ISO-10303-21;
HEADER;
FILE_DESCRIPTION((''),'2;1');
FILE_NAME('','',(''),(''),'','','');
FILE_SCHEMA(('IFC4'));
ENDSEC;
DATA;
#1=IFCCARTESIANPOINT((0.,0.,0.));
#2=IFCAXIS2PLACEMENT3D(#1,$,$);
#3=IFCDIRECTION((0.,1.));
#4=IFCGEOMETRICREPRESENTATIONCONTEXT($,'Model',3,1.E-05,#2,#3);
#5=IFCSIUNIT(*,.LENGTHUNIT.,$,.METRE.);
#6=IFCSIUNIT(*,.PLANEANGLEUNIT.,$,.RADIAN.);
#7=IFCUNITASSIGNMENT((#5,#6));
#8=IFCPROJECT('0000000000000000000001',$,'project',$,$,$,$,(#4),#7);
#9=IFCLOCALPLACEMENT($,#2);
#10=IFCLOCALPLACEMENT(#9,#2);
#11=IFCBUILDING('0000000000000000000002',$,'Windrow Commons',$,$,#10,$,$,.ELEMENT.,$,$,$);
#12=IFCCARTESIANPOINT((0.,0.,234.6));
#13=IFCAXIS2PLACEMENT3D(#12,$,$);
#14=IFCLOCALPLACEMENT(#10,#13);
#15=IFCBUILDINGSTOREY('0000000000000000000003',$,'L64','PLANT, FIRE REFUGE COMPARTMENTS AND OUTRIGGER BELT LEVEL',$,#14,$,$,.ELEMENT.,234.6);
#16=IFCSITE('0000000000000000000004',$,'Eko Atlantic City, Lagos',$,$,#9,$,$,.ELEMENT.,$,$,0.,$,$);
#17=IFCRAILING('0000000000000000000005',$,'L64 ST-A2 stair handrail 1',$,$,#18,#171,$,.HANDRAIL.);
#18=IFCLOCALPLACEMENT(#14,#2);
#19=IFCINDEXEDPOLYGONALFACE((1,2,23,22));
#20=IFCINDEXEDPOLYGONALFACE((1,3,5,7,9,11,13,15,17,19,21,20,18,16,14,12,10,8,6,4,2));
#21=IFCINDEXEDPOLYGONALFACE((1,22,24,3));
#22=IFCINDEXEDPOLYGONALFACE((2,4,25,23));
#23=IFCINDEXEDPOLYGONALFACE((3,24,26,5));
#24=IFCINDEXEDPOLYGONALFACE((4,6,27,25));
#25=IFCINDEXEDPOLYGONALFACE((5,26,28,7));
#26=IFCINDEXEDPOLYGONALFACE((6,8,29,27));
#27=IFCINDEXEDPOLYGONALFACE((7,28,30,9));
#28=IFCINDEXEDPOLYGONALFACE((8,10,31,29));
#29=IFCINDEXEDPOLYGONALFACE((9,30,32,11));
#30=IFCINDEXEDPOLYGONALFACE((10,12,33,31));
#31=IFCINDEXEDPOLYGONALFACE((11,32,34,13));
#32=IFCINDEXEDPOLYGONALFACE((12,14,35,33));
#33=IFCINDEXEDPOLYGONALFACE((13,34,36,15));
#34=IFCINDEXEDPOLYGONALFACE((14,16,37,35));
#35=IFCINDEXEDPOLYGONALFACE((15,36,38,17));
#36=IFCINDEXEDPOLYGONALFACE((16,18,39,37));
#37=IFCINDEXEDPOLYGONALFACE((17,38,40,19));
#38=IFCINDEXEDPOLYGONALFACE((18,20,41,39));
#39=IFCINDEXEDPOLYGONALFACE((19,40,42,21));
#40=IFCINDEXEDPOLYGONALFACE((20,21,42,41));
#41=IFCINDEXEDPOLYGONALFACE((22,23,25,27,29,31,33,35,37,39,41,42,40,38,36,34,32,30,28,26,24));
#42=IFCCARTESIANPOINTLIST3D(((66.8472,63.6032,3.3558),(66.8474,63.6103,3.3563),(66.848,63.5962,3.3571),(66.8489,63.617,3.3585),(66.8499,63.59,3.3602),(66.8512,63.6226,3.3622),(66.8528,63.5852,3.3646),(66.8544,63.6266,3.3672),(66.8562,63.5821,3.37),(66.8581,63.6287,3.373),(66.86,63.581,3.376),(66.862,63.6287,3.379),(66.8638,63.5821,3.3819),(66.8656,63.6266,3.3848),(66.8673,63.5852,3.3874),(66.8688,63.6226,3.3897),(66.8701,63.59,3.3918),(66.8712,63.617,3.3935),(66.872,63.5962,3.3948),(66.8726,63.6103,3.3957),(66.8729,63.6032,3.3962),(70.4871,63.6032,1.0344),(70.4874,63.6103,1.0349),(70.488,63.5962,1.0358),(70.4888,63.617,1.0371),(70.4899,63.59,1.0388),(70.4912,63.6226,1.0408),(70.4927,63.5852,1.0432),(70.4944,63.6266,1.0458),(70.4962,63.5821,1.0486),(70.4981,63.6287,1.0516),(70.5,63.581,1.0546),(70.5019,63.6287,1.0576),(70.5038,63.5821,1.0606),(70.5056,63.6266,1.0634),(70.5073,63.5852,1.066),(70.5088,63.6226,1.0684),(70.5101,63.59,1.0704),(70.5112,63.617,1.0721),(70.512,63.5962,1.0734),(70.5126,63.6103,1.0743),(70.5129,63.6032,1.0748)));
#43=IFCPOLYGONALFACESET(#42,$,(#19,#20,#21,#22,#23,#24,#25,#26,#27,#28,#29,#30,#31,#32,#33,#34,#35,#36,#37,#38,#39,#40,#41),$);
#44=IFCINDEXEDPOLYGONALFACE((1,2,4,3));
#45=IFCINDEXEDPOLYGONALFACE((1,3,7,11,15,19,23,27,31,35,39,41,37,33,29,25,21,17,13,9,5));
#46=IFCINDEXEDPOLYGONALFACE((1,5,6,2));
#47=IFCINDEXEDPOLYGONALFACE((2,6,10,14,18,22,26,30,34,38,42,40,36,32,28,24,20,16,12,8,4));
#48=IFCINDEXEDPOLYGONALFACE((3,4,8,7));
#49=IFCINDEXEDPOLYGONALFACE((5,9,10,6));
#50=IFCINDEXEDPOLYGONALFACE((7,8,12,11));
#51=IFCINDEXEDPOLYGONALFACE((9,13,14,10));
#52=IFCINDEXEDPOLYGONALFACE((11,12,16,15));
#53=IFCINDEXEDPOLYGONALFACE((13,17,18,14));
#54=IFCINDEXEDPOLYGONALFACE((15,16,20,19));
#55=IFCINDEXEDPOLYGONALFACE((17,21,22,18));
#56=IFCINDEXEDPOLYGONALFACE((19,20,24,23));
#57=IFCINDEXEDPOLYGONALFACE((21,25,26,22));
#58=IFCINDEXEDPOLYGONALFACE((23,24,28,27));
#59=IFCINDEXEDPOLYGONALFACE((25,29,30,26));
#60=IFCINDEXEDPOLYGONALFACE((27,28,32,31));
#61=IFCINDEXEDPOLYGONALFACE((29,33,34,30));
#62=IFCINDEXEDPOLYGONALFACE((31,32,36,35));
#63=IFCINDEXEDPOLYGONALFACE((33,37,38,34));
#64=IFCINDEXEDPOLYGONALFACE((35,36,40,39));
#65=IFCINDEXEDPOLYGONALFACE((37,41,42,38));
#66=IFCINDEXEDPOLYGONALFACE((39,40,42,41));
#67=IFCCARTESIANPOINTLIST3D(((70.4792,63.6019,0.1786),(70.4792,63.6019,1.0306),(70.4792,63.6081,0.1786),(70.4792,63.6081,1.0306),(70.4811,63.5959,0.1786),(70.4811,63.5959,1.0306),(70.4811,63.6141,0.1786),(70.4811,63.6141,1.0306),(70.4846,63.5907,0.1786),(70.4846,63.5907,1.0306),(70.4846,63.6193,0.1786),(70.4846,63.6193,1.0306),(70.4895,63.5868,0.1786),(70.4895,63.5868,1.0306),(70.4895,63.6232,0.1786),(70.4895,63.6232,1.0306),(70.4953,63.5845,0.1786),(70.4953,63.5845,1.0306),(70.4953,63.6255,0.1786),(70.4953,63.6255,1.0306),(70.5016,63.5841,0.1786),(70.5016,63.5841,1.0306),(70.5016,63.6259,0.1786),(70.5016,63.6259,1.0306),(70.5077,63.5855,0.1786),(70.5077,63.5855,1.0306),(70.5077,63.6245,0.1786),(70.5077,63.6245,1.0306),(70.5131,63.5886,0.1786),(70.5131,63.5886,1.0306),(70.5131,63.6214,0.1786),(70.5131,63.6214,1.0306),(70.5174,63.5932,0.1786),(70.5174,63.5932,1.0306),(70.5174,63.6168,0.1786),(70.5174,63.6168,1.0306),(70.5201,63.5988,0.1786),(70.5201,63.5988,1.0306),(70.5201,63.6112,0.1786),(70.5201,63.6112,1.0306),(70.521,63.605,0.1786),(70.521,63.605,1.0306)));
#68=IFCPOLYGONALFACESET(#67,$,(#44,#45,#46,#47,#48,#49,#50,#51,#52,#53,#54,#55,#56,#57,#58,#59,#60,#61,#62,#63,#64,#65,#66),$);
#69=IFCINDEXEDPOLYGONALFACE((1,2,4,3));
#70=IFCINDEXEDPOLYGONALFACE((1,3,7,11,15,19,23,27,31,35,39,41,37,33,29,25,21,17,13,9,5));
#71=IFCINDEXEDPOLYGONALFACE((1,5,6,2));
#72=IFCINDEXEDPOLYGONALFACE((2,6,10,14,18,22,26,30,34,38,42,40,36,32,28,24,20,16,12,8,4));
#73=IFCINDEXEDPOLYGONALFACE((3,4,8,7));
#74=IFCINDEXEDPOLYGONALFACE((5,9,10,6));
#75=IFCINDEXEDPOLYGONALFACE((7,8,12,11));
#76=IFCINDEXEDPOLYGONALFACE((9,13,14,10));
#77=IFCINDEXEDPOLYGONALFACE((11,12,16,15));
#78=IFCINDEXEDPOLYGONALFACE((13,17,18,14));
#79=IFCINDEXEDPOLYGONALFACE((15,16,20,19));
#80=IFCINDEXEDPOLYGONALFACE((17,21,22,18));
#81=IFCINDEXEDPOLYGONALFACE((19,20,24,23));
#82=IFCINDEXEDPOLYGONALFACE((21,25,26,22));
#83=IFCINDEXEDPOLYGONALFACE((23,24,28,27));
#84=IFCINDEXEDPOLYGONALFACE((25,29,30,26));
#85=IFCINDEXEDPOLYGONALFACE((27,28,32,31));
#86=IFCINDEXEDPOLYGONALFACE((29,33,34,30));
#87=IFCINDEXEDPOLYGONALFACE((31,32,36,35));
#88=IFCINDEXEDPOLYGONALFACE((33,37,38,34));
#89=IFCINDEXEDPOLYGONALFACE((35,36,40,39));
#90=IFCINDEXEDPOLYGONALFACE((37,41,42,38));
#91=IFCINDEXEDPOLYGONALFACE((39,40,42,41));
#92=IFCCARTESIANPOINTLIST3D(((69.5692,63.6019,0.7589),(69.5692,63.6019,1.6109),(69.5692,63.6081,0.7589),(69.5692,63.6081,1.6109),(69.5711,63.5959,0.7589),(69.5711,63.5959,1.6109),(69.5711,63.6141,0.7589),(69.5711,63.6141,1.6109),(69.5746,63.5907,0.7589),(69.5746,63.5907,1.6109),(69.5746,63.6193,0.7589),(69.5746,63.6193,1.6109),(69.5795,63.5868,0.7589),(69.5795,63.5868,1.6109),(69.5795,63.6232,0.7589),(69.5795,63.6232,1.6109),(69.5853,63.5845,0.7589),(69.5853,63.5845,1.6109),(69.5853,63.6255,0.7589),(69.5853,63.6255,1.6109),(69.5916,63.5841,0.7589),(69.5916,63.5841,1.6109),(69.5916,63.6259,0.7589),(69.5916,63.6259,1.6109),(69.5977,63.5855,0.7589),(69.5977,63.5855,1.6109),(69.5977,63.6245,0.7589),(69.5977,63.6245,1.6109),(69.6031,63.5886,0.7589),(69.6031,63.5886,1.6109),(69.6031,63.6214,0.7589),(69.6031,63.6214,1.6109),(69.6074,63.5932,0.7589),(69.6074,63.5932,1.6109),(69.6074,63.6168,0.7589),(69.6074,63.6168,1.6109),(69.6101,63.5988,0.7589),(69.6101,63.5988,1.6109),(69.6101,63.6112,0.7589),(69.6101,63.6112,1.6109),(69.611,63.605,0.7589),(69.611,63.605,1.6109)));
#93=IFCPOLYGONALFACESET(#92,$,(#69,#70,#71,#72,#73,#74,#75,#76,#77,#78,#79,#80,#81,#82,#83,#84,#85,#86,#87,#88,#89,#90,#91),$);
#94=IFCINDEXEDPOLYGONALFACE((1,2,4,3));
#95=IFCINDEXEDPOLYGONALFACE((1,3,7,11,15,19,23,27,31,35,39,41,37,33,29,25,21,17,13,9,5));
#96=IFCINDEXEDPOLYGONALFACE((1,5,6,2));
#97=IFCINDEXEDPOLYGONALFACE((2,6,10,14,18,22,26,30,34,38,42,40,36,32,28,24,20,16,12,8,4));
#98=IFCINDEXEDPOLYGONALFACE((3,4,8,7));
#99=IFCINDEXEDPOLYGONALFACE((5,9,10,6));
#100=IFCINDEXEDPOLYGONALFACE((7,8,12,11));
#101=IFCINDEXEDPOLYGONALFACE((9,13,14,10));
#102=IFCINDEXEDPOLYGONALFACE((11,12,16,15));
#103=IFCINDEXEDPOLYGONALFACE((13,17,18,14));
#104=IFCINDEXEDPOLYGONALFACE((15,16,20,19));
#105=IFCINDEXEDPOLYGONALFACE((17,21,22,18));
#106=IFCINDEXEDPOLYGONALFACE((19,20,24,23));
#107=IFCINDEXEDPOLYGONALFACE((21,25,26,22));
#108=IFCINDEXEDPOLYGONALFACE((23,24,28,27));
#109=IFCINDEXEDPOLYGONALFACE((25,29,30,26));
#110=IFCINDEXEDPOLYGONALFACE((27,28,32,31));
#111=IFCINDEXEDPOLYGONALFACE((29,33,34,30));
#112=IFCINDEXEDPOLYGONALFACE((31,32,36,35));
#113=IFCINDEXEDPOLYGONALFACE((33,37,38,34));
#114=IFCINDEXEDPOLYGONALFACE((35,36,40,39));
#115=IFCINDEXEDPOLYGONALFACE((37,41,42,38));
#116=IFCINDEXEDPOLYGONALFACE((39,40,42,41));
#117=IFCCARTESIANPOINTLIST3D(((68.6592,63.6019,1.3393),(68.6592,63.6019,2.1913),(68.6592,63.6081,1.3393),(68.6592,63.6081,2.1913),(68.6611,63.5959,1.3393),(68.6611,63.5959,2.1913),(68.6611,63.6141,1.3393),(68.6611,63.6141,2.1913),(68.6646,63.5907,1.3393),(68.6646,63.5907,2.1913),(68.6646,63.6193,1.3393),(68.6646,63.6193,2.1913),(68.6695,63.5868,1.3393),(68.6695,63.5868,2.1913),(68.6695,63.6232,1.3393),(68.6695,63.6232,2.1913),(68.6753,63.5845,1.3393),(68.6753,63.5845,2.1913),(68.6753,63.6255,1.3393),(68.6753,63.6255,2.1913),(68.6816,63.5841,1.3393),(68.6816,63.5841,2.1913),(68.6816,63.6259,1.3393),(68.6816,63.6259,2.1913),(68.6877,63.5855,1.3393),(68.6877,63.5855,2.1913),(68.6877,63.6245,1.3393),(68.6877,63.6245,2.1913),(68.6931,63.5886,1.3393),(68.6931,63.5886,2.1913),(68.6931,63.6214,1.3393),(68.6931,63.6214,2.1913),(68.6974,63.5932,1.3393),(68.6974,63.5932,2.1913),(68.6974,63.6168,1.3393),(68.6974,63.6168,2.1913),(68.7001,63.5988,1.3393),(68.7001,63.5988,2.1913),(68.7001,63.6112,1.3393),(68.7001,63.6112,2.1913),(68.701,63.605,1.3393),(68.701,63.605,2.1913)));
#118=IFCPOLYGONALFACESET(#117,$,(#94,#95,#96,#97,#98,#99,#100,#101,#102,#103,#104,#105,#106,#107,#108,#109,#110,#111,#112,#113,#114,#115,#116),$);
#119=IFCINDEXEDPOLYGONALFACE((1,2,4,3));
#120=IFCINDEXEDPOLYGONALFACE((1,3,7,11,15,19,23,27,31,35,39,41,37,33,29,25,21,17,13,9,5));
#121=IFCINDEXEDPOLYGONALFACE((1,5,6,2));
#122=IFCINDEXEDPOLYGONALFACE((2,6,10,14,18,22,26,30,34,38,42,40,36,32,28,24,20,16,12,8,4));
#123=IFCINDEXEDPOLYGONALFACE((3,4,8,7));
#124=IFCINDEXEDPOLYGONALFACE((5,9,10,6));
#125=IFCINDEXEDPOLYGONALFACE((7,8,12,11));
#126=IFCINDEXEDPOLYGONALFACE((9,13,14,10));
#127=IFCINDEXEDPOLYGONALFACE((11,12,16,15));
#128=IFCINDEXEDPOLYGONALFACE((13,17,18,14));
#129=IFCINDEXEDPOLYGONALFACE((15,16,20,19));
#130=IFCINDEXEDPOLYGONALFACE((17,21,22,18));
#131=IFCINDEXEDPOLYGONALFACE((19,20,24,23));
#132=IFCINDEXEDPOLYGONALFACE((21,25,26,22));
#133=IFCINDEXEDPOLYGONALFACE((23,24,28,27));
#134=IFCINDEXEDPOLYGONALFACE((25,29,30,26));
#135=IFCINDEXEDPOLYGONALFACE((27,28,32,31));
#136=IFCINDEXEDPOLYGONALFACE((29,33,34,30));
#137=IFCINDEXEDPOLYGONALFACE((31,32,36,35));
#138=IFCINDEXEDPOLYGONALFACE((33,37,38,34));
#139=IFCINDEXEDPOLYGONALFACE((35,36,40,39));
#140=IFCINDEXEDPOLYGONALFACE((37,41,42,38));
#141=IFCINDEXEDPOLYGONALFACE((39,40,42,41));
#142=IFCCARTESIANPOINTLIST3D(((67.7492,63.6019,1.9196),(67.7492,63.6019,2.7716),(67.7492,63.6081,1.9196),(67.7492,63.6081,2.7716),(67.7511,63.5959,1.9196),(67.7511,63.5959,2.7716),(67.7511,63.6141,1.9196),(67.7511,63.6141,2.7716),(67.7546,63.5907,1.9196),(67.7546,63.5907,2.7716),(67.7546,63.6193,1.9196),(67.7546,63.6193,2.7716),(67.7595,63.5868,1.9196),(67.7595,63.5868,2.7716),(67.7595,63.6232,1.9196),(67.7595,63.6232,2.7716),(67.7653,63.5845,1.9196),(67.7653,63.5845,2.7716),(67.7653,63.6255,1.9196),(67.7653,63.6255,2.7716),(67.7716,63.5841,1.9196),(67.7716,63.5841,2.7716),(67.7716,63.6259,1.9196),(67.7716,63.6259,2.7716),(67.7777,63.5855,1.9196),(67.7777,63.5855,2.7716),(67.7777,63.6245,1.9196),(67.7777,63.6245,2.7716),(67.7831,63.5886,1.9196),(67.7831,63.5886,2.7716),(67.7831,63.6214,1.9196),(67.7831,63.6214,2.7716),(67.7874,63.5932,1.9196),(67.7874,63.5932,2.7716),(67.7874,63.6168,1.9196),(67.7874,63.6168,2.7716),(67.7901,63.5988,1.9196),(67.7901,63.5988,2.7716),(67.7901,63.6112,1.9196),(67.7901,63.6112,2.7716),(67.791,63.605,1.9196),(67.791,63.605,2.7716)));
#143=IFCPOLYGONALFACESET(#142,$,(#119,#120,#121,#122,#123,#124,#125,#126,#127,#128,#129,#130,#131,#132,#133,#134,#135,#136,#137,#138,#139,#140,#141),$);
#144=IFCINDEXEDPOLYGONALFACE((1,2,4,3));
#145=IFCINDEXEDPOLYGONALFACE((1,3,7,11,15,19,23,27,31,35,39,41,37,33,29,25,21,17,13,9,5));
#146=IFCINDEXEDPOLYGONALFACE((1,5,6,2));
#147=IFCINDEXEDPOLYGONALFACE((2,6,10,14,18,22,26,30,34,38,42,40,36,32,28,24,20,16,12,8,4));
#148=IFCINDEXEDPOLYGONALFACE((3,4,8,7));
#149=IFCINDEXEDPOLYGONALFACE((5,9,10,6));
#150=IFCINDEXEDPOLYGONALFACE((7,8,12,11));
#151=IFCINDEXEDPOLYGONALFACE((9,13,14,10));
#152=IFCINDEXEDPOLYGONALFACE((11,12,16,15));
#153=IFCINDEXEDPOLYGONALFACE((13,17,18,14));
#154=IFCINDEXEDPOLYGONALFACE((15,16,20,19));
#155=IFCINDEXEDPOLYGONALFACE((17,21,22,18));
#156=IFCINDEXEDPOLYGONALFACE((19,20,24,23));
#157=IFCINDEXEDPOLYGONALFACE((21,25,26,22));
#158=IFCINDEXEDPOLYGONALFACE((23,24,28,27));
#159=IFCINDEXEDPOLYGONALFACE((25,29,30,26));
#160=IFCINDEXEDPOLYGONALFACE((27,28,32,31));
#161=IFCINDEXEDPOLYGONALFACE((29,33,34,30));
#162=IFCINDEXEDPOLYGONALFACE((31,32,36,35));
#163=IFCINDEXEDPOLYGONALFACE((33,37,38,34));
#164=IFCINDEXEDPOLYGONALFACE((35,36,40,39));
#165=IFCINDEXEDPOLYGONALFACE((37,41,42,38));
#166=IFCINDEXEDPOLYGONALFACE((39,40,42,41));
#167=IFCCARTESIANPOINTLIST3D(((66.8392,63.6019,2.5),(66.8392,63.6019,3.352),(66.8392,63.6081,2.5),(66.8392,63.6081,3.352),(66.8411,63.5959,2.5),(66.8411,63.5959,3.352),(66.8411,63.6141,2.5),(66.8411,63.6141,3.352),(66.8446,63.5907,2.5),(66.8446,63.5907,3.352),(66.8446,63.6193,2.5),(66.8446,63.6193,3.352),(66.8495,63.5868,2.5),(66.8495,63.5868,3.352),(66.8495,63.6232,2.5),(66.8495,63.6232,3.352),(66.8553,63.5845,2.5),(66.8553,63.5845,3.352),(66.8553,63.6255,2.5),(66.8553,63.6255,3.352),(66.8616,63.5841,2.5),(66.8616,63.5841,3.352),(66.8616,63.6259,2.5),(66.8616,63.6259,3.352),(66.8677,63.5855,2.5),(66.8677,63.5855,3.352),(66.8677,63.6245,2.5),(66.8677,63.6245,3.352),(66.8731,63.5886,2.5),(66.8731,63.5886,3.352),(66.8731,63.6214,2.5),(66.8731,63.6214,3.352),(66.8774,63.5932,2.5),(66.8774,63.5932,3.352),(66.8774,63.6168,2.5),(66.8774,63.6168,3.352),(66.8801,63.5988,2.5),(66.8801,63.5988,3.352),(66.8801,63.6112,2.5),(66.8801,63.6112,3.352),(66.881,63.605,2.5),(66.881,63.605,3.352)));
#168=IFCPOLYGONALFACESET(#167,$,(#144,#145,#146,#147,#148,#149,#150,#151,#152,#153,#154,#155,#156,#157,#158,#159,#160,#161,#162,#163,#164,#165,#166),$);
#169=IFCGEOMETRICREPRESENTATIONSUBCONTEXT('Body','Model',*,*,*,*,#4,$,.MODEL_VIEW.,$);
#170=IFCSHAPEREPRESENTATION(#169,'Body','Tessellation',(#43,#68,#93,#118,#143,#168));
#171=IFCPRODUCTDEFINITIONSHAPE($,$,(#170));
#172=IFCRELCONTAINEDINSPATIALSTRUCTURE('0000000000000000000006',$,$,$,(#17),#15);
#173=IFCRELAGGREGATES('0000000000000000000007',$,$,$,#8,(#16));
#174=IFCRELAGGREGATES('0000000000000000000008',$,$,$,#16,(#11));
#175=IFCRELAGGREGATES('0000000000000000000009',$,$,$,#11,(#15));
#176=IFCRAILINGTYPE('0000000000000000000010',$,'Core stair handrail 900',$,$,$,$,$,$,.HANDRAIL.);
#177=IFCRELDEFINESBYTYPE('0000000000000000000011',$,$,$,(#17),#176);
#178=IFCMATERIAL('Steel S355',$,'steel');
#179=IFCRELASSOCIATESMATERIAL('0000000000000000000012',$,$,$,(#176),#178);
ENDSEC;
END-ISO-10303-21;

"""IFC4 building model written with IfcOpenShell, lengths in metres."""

from ifc_helpers import new_model, si_unit, direction, frame, origin, origin_2d, place, context, subcontext, project, spatial, circle, extrude, material, type_object, element, save


model = new_model("IFC4")

# Units and contexts
model_context = context("Model", 3, precision=1e-05, world=origin(), true_north=direction((0.0, 1.0)))
body_context = subcontext(model_context, "Body", "Model", "MODEL_VIEW")
ifc_project = project(units=[si_unit("LENGTHUNIT", "METRE"), si_unit("PLANEANGLEUNIT", "RADIAN")], contexts=[model_context])

# Site, building, storey
site_placement = place(None, origin())
site = spatial("IfcSite", under=ifc_project, at=site_placement, Name="Eko Atlantic City, Lagos", CompositionType="ELEMENT", RefElevation=0.0)
building_placement = place(site_placement, origin())
building = spatial("IfcBuilding", under=site, at=building_placement, Name="Windrow Commons", CompositionType="ELEMENT")
storey_placement = place(building_placement, frame((0.0, 0.0, 234.6)))
storey = spatial("IfcBuildingStorey", under=building, at=storey_placement, Name="L64", Description="PLANT, FIRE REFUGE COMPARTMENTS AND OUTRIGGER BELT LEVEL", CompositionType="ELEMENT", Elevation=234.6)

# Railing
ifc_material_1 = material(Name="Steel S355", Category="steel")
railing_type_1 = type_object("IfcRailingType", Name="Core stair handrail 900", PredefinedType="HANDRAIL", material=ifc_material_1)
railing_1_placement = place(storey_placement, frame((70.5, 63.605, 0.1786)))
element("IfcRailing", 1, at=railing_1_placement, inside=storey, type_object=railing_type_1, Name="L64 ST-A2 stair handrail 1", PredefinedType="HANDRAIL", context=body_context, shape_type="SweptSolid", body=[
    extrude(circle(Radius=0.024, at=origin_2d()), frame((0.0, 0.0, 0.876), z_axis=(-0.843133, 0.0, 0.537706), x_axis=(0.0, -1.0, 0.0)), (0.0, 0.0, 1.0), 4.3172),
    extrude(circle(Radius=0.021, at=origin_2d()), origin(), (0.0, 0.0, 1.0), 0.852),
    extrude(circle(Radius=0.021, at=origin_2d()), frame((-0.91, 0.0, 0.5803)), (0.0, 0.0, 1.0), 0.852),
    extrude(circle(Radius=0.021, at=origin_2d()), frame((-1.82, 0.0, 1.1607)), (0.0, 0.0, 1.0), 0.852),
    extrude(circle(Radius=0.021, at=origin_2d()), frame((-2.73, 0.0, 1.741)), (0.0, 0.0, 1.0), 0.852),
    extrude(circle(Radius=0.021, at=origin_2d()), frame((-3.64, 0.0, 2.3214)), (0.0, 0.0, 1.0), 0.852),
])

save(model, "model.ifc")
